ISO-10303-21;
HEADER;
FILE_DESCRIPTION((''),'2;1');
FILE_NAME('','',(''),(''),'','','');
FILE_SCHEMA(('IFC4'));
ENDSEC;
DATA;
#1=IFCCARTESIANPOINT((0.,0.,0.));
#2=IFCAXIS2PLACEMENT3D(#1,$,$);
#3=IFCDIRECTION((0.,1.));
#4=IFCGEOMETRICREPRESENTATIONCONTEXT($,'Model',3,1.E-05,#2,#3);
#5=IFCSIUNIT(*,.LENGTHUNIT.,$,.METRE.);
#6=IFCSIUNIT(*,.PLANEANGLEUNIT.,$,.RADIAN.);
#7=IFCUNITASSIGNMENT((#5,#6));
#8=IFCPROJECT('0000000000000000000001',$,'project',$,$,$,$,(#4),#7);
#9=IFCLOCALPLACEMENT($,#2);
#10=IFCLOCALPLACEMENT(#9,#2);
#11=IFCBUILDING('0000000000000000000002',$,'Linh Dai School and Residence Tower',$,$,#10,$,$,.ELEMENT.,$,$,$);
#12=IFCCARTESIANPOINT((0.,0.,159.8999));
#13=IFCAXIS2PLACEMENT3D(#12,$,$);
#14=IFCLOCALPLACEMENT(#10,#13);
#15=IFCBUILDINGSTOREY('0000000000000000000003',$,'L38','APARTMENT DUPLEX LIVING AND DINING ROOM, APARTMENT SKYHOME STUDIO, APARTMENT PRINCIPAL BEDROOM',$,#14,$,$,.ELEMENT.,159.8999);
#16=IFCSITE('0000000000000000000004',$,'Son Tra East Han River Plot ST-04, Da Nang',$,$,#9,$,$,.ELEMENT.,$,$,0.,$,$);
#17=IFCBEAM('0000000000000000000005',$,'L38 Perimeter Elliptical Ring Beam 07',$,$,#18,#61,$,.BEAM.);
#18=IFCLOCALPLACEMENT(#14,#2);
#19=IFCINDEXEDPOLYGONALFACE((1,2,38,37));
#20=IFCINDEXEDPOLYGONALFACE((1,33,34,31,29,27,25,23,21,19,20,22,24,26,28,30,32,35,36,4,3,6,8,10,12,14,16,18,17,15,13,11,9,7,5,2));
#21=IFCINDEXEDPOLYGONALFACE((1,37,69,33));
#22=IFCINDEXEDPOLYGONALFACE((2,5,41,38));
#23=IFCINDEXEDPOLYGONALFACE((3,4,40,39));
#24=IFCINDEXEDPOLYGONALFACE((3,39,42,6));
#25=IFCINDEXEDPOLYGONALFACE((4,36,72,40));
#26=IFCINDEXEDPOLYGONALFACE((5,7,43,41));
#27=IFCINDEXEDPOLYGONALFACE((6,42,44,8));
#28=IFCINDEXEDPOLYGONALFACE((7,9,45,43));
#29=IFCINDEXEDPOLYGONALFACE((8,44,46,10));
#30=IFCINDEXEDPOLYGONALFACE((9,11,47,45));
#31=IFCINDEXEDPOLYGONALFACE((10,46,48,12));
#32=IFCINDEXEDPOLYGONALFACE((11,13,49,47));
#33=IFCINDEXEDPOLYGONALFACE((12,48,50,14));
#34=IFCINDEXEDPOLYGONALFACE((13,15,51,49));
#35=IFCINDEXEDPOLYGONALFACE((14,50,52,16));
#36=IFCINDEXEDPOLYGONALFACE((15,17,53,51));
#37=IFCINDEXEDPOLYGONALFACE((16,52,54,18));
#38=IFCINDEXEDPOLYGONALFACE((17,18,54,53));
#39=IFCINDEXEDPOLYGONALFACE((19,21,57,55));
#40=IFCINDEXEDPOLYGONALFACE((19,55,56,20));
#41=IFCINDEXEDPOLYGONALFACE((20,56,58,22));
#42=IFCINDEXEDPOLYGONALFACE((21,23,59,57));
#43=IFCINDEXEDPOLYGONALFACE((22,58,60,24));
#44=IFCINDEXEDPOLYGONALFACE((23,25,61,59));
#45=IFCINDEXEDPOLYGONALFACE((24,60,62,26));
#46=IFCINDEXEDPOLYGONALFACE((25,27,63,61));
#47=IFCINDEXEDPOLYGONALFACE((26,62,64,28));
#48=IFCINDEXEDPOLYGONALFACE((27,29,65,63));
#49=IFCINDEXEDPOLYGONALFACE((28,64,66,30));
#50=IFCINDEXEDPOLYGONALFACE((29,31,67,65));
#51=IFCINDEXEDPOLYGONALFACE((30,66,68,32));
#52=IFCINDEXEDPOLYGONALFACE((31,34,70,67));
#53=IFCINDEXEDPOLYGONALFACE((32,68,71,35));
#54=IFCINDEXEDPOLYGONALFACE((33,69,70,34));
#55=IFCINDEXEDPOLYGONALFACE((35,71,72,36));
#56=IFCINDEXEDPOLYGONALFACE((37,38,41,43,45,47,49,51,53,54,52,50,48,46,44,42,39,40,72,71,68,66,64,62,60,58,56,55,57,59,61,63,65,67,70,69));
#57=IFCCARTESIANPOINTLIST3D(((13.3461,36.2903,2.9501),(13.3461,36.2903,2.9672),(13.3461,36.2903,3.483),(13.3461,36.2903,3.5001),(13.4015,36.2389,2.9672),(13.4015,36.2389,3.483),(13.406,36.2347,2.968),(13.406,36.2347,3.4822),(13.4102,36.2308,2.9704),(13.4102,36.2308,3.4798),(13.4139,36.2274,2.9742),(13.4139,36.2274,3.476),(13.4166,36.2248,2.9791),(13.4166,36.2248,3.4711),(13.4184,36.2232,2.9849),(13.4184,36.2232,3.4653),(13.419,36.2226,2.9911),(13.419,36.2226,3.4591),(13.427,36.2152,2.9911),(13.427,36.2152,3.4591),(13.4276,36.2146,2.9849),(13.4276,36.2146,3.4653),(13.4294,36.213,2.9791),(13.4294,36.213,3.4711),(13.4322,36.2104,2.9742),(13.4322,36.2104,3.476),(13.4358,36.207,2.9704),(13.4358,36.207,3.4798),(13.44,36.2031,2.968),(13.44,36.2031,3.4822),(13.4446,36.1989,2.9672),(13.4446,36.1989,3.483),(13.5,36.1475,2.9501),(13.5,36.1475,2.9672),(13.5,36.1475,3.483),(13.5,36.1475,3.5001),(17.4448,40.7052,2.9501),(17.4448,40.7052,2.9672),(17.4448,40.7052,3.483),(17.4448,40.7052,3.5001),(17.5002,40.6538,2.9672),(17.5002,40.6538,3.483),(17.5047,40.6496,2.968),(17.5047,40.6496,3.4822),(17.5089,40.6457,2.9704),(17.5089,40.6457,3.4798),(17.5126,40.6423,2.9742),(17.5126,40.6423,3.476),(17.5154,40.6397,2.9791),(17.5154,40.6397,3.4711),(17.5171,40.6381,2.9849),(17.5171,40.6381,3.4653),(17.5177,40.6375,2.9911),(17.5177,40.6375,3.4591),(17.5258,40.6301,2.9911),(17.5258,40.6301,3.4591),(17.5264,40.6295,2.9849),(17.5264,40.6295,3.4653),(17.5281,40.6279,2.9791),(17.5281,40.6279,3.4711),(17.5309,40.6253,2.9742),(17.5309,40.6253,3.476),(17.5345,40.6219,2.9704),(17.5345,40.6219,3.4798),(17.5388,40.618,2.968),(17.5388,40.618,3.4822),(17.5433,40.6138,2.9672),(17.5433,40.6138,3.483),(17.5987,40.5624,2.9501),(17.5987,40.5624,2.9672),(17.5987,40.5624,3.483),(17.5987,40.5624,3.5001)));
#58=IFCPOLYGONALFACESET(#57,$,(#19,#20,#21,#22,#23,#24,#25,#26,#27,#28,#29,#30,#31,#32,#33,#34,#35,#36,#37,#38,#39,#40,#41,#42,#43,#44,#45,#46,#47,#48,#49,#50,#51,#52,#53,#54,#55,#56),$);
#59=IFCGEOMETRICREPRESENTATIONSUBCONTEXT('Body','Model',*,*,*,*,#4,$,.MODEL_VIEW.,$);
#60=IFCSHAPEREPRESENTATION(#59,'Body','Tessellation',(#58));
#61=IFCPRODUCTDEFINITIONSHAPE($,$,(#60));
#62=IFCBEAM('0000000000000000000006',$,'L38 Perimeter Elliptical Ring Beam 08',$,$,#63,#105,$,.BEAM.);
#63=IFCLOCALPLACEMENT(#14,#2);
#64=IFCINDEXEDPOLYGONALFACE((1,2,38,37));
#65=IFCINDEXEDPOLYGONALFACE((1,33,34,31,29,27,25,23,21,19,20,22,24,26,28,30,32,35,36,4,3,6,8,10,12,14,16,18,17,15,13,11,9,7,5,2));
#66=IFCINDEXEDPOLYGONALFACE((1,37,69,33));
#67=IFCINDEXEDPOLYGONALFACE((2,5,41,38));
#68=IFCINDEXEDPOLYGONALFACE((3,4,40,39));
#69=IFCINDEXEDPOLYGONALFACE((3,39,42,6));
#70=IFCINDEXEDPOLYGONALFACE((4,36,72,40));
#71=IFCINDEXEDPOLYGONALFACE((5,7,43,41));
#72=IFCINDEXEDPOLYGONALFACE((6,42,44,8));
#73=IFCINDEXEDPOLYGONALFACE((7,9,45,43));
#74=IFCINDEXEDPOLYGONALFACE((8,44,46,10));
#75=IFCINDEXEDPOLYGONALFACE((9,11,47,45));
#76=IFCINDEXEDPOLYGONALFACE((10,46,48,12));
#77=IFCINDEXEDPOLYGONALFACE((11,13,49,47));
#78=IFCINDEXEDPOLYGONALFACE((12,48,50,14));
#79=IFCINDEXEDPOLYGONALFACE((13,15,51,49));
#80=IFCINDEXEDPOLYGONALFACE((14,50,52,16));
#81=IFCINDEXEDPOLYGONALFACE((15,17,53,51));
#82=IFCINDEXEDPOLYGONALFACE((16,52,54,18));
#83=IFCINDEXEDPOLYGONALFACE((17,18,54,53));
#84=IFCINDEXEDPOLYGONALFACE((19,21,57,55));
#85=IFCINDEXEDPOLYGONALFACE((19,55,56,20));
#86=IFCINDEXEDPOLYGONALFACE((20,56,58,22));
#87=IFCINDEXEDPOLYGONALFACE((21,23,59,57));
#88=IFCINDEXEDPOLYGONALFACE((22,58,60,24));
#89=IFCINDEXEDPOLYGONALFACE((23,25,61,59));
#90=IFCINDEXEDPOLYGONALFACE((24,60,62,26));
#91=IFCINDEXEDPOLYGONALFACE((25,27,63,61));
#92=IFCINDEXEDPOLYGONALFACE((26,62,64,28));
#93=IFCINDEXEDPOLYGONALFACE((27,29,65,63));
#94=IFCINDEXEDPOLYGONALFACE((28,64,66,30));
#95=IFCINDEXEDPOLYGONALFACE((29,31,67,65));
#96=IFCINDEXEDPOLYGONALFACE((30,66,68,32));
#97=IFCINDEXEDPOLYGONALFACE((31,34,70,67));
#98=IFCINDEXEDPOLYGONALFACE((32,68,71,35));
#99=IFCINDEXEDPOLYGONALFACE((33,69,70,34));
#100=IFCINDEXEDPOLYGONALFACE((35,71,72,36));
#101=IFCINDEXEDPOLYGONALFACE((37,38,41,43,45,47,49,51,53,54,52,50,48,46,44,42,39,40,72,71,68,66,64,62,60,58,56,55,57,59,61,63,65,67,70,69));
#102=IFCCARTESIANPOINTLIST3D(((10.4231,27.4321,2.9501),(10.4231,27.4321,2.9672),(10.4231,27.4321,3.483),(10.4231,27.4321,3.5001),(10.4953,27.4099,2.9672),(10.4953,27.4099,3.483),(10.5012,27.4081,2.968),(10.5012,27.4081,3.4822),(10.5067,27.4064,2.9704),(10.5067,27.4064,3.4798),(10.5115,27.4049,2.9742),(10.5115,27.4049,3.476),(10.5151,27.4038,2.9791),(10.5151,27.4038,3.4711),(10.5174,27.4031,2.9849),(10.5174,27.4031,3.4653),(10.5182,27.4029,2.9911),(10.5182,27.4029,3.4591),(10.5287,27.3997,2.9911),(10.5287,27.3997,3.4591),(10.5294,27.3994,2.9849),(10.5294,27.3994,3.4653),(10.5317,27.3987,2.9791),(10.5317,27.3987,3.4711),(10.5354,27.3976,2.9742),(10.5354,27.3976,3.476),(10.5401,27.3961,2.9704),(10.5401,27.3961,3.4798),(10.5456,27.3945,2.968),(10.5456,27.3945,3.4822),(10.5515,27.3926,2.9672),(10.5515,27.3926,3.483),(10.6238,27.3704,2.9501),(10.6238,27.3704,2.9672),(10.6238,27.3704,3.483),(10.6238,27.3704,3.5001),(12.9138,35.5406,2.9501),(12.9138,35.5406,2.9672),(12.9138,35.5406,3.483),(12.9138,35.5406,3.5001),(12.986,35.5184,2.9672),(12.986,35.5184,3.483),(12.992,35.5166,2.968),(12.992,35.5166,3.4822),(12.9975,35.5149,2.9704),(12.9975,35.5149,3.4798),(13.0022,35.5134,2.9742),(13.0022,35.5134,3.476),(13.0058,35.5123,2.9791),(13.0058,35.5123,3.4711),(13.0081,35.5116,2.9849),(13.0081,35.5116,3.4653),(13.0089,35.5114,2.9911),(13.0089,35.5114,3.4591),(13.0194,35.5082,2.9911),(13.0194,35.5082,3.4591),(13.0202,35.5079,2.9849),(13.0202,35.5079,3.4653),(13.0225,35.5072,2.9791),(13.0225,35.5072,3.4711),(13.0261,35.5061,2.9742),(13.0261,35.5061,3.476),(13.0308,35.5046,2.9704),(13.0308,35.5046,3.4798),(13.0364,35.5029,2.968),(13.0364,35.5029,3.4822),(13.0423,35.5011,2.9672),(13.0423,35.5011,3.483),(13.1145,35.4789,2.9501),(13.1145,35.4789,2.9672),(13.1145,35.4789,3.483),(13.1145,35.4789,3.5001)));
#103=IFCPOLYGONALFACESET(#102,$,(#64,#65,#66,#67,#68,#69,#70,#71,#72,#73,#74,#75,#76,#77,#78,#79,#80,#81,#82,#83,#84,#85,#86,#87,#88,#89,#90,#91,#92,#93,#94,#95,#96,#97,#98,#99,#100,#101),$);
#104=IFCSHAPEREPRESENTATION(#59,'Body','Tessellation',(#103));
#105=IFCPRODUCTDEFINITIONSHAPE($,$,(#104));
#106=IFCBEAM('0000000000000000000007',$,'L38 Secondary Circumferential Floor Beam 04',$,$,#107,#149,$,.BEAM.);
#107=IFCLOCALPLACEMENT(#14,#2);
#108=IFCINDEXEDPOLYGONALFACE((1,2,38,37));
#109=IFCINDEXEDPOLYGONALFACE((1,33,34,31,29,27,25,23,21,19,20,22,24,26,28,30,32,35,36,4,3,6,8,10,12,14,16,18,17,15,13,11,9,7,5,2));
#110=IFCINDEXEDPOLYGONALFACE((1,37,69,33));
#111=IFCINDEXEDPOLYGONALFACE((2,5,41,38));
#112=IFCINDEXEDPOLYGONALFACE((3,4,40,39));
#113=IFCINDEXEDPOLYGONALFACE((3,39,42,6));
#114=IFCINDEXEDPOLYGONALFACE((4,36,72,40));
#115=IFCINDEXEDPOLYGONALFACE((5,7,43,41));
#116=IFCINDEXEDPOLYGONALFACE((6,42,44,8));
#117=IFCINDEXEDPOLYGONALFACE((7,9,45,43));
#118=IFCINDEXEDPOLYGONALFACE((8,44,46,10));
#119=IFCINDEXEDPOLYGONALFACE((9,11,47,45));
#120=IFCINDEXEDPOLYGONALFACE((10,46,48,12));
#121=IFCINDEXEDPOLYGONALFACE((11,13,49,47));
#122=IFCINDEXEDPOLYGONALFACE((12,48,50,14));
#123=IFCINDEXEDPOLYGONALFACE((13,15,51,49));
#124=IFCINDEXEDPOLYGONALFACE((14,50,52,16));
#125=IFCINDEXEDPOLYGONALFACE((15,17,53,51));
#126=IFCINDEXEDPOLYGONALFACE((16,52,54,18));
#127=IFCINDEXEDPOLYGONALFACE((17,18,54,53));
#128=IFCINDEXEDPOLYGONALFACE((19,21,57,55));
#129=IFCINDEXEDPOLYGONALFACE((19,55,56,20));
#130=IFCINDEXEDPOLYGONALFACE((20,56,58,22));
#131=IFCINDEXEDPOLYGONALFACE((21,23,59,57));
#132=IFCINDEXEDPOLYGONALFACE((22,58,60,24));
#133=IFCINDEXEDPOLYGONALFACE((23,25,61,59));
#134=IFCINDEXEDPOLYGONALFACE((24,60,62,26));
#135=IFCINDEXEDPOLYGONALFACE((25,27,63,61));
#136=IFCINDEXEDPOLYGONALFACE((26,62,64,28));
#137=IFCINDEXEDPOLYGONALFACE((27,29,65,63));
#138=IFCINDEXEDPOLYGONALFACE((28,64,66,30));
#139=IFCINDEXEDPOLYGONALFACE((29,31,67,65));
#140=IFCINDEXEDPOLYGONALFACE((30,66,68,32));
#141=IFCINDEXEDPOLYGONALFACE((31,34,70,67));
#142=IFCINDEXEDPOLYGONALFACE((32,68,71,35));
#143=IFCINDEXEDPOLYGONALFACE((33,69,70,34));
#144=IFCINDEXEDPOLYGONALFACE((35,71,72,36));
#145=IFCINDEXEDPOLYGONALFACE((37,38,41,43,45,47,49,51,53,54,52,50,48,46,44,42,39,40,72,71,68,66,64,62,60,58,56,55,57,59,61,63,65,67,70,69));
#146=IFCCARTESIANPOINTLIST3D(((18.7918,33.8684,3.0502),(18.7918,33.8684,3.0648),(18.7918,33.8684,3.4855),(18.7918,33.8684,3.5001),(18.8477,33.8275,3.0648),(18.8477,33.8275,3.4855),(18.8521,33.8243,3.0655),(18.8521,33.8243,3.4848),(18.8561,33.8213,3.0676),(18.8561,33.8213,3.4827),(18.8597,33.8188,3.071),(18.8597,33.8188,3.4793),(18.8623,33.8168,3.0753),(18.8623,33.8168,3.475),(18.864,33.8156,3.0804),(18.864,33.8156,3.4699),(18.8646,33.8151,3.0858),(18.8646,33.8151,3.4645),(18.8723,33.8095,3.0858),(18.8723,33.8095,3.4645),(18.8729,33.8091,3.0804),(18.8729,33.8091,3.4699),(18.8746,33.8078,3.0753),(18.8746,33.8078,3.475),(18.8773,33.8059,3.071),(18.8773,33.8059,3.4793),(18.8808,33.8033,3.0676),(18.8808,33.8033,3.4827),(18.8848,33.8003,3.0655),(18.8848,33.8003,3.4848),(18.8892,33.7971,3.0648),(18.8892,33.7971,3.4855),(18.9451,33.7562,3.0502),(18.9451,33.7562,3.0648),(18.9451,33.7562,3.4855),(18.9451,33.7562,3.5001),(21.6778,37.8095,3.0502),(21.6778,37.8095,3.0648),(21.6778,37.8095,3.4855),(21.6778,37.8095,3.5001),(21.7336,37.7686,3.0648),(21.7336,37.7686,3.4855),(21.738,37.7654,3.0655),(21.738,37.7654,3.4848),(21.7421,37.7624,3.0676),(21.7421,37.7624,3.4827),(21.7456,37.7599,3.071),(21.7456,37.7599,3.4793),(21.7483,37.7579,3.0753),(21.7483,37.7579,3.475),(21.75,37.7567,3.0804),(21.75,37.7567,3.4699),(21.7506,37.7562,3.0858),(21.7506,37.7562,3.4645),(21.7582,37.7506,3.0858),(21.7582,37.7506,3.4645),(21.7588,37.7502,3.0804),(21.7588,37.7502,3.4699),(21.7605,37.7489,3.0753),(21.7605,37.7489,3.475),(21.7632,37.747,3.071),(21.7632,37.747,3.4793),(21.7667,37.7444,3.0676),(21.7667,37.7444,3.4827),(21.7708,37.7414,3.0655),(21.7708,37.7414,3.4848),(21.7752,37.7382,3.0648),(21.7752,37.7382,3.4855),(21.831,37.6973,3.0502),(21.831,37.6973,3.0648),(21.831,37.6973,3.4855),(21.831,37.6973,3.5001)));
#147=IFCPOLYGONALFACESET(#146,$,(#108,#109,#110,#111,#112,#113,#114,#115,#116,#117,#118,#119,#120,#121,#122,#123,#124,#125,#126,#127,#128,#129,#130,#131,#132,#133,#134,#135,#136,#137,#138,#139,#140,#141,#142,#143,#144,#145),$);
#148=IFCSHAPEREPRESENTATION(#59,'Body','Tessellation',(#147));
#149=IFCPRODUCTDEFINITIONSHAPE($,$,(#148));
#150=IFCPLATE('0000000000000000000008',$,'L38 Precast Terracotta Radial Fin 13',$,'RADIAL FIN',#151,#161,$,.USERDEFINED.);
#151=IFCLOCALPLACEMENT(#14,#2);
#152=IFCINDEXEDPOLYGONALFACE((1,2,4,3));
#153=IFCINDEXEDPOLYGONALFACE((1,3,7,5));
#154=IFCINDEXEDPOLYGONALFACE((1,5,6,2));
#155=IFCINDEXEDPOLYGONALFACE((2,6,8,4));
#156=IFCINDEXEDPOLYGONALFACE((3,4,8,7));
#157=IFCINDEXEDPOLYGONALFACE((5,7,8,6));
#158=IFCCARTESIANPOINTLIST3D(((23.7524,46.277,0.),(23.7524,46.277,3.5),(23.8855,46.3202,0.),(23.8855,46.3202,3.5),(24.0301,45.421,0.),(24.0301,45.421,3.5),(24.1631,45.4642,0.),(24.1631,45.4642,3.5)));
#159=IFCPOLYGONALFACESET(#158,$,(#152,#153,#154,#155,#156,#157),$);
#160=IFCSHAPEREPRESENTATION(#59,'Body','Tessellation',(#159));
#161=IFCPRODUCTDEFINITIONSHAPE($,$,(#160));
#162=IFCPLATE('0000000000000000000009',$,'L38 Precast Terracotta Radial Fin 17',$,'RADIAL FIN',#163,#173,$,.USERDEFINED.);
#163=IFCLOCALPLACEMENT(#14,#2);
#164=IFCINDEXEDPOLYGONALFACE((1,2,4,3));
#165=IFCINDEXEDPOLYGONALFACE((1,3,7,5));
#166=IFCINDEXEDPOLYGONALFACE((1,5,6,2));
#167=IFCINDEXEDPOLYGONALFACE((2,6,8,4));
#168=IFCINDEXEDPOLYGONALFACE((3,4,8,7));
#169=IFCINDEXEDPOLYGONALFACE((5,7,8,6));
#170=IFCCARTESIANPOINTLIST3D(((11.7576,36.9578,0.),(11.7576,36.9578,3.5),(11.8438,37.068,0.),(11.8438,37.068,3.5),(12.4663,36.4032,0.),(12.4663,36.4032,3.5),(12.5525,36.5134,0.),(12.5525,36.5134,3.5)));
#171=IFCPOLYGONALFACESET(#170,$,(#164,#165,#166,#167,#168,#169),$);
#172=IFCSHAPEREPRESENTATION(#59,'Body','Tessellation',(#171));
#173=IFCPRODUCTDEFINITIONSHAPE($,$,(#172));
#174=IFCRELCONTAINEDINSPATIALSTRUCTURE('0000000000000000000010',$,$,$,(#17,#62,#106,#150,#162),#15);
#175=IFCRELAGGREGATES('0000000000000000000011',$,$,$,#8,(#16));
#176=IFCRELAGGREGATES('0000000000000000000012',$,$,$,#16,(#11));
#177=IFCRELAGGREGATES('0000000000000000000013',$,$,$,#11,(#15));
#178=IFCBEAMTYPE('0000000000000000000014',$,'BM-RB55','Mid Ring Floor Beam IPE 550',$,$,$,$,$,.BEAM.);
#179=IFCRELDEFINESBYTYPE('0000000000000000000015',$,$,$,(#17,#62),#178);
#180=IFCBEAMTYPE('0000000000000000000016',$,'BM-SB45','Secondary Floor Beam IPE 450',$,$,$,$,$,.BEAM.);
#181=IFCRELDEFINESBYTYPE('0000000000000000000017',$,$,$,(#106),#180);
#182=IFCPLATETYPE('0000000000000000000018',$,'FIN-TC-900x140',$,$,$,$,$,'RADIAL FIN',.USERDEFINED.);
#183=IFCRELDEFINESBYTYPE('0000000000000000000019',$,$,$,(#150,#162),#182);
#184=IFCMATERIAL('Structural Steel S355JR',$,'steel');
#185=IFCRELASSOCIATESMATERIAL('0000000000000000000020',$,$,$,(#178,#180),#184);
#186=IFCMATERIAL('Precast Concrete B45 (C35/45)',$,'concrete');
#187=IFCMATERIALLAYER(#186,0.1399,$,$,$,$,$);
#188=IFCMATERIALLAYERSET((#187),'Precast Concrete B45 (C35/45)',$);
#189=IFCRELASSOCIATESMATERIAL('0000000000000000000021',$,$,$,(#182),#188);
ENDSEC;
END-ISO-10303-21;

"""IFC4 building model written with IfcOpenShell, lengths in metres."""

from ifc_helpers import new_model, si_unit, direction, frame, origin, origin_2d, place, context, subcontext, project, spatial, rectangle, i_section, extrude, source, transform, mapped, material, layer, layer_set, material_profile, profile_set, type_object, element, save


model = new_model("IFC4")

# Units and contexts
model_context = context("Model", 3, precision=1e-05, world=origin(), true_north=direction((0.0, 1.0)))
body_context = subcontext(model_context, "Body", "Model", "MODEL_VIEW")
ifc_project = project(units=[si_unit("LENGTHUNIT", "METRE"), si_unit("PLANEANGLEUNIT", "RADIAN")], contexts=[model_context])

# Site, building, storey
site_placement = place(None, origin())
site = spatial("IfcSite", under=ifc_project, at=site_placement, Name="Son Tra East Han River Plot ST-04, Da Nang", CompositionType="ELEMENT", RefElevation=0.0)
building_placement = place(site_placement, origin())
building = spatial("IfcBuilding", under=site, at=building_placement, Name="Linh Dai School and Residence Tower", CompositionType="ELEMENT")
storey_placement = place(building_placement, frame((0.0, 0.0, 159.8999)))
storey = spatial("IfcBuildingStorey", under=building, at=storey_placement, Name="L38", Description="APARTMENT DUPLEX LIVING AND DINING ROOM, APARTMENT SKYHOME STUDIO, APARTMENT PRINCIPAL BEDROOM", CompositionType="ELEMENT", Elevation=159.8999)

# Shared definitions
ifc_material_1 = material(Name="Structural Steel S355JR", Category="steel")

# Beams
ifc_material_profile_1 = material_profile(ifc_material_1, i_section(OverallWidth=0.21, OverallDepth=0.55, WebThickness=0.011, FlangeThickness=0.0171, FilletRadius=0.0239, at=origin_2d()), Name="IPE 550")
ifc_profile_set_1 = profile_set([ifc_material_profile_1], Name="Structural Steel S355JR")
beam_type_1 = type_object("IfcBeamType", Name="BM-RB55", Description="Mid Ring Floor Beam IPE 550", PredefinedType="BEAM", material=ifc_profile_set_1)
beam_1_placement = place(storey_placement, frame((17.5217, 40.6338, 3.2251), z_axis=(-0.680378, -0.732861, 0.0), x_axis=(0.732861, -0.680378, 0.0)))
element("IfcBeam", 1, at=beam_1_placement, inside=storey, type_object=beam_type_1, Name="L38 Perimeter Elliptical Ring Beam 07", PredefinedType="BEAM", context=body_context, shape_type="SweptSolid", body=[
    extrude(i_section(OverallWidth=0.21, OverallDepth=0.55, WebThickness=0.011, FlangeThickness=0.0171, FilletRadius=0.0239, at=origin_2d()), origin(), (0.0, 0.0, 1.0), 6.0242),
])
beam_2_placement = place(storey_placement, frame((13.0142, 35.5098, 3.2251), z_axis=(-0.293637, -0.955917, 0.0), x_axis=(0.955917, -0.293637, 0.0)))
element("IfcBeam", 2, at=beam_2_placement, inside=storey, type_object=beam_type_1, Name="L38 Perimeter Elliptical Ring Beam 08", PredefinedType="BEAM", context=body_context, shape_type="SweptSolid", body=[
    extrude(i_section(OverallWidth=0.21, OverallDepth=0.55, WebThickness=0.011, FlangeThickness=0.0171, FilletRadius=0.0239, at=origin_2d()), origin(), (0.0, 0.0, 1.0), 8.4824),
])
ifc_material_profile_2 = material_profile(ifc_material_1, i_section(OverallWidth=0.1899, OverallDepth=0.45, WebThickness=0.0095, FlangeThickness=0.0146, FilletRadius=0.021, at=origin_2d()), Name="IPE 450")
ifc_profile_set_2 = profile_set([ifc_material_profile_2], Name="Structural Steel S355JR")
beam_type_2 = type_object("IfcBeamType", Name="BM-SB45", Description="Secondary Floor Beam IPE 450", PredefinedType="BEAM", material=ifc_profile_set_2)
beam_3_placement = place(storey_placement, frame((21.7544, 37.7534, 3.2751), z_axis=(-0.590805, -0.806815, 0.0), x_axis=(0.806815, -0.590805, 0.0)))
element("IfcBeam", 3, at=beam_3_placement, inside=storey, type_object=beam_type_2, Name="L38 Secondary Circumferential Floor Beam 04", PredefinedType="BEAM", context=body_context, shape_type="SweptSolid", body=[
    extrude(i_section(OverallWidth=0.1899, OverallDepth=0.45, WebThickness=0.0095, FlangeThickness=0.0146, FilletRadius=0.021, at=origin_2d()), origin(), (0.0, 0.0, 1.0), 4.8848),
])

# Plates
ifc_material_2 = material(Name="Precast Concrete B45 (C35/45)", Category="concrete")
ifc_layer_1 = layer(ifc_material_2, 0.1399)
ifc_layer_set_1 = layer_set([ifc_layer_1], Name="Precast Concrete B45 (C35/45)")
plate_type = type_object("IfcPlateType", Name="FIN-TC-900x140", ElementType="RADIAL FIN", PredefinedType="USERDEFINED", material=ifc_layer_set_1)
shared_shape_1 = source(origin(), body_context, "Body", "SweptSolid", [
    extrude(rectangle(XDim=0.8999, YDim=0.1399, at=origin_2d()), origin(), (0.0, 0.0, 1.0), 3.5),
])
for number, where, z_axis, x_axis, name in (
    (4, (23.9578, 45.8706, 0.0), (0.0, 0.0, 1.0), (-0.308536, 0.951213, 0.0), "L38 Precast Terracotta Radial Fin 13"),
    (5, (12.155, 36.7356, 0.0), (0.0, 0.0, 1.0), (-0.787522, 0.616286, 0.0), "L38 Precast Terracotta Radial Fin 17"),
):
    element("IfcPlate", number, at=place(storey_placement, frame(where, z_axis=z_axis, x_axis=x_axis)), inside=storey, type_object=plate_type, Name=name, ObjectType="RADIAL FIN", PredefinedType="USERDEFINED", context=body_context, shape_type="MappedRepresentation", body=[
        mapped(shared_shape_1, transform((0.0, 0.0, 0.0), x_axis=(1.0, 0.0, 0.0), y_axis=(0.0, 1.0, 0.0), z_axis=(0.0, 0.0, 1.0), scale=1.0)),
    ])

save(model, "model.ifc")
